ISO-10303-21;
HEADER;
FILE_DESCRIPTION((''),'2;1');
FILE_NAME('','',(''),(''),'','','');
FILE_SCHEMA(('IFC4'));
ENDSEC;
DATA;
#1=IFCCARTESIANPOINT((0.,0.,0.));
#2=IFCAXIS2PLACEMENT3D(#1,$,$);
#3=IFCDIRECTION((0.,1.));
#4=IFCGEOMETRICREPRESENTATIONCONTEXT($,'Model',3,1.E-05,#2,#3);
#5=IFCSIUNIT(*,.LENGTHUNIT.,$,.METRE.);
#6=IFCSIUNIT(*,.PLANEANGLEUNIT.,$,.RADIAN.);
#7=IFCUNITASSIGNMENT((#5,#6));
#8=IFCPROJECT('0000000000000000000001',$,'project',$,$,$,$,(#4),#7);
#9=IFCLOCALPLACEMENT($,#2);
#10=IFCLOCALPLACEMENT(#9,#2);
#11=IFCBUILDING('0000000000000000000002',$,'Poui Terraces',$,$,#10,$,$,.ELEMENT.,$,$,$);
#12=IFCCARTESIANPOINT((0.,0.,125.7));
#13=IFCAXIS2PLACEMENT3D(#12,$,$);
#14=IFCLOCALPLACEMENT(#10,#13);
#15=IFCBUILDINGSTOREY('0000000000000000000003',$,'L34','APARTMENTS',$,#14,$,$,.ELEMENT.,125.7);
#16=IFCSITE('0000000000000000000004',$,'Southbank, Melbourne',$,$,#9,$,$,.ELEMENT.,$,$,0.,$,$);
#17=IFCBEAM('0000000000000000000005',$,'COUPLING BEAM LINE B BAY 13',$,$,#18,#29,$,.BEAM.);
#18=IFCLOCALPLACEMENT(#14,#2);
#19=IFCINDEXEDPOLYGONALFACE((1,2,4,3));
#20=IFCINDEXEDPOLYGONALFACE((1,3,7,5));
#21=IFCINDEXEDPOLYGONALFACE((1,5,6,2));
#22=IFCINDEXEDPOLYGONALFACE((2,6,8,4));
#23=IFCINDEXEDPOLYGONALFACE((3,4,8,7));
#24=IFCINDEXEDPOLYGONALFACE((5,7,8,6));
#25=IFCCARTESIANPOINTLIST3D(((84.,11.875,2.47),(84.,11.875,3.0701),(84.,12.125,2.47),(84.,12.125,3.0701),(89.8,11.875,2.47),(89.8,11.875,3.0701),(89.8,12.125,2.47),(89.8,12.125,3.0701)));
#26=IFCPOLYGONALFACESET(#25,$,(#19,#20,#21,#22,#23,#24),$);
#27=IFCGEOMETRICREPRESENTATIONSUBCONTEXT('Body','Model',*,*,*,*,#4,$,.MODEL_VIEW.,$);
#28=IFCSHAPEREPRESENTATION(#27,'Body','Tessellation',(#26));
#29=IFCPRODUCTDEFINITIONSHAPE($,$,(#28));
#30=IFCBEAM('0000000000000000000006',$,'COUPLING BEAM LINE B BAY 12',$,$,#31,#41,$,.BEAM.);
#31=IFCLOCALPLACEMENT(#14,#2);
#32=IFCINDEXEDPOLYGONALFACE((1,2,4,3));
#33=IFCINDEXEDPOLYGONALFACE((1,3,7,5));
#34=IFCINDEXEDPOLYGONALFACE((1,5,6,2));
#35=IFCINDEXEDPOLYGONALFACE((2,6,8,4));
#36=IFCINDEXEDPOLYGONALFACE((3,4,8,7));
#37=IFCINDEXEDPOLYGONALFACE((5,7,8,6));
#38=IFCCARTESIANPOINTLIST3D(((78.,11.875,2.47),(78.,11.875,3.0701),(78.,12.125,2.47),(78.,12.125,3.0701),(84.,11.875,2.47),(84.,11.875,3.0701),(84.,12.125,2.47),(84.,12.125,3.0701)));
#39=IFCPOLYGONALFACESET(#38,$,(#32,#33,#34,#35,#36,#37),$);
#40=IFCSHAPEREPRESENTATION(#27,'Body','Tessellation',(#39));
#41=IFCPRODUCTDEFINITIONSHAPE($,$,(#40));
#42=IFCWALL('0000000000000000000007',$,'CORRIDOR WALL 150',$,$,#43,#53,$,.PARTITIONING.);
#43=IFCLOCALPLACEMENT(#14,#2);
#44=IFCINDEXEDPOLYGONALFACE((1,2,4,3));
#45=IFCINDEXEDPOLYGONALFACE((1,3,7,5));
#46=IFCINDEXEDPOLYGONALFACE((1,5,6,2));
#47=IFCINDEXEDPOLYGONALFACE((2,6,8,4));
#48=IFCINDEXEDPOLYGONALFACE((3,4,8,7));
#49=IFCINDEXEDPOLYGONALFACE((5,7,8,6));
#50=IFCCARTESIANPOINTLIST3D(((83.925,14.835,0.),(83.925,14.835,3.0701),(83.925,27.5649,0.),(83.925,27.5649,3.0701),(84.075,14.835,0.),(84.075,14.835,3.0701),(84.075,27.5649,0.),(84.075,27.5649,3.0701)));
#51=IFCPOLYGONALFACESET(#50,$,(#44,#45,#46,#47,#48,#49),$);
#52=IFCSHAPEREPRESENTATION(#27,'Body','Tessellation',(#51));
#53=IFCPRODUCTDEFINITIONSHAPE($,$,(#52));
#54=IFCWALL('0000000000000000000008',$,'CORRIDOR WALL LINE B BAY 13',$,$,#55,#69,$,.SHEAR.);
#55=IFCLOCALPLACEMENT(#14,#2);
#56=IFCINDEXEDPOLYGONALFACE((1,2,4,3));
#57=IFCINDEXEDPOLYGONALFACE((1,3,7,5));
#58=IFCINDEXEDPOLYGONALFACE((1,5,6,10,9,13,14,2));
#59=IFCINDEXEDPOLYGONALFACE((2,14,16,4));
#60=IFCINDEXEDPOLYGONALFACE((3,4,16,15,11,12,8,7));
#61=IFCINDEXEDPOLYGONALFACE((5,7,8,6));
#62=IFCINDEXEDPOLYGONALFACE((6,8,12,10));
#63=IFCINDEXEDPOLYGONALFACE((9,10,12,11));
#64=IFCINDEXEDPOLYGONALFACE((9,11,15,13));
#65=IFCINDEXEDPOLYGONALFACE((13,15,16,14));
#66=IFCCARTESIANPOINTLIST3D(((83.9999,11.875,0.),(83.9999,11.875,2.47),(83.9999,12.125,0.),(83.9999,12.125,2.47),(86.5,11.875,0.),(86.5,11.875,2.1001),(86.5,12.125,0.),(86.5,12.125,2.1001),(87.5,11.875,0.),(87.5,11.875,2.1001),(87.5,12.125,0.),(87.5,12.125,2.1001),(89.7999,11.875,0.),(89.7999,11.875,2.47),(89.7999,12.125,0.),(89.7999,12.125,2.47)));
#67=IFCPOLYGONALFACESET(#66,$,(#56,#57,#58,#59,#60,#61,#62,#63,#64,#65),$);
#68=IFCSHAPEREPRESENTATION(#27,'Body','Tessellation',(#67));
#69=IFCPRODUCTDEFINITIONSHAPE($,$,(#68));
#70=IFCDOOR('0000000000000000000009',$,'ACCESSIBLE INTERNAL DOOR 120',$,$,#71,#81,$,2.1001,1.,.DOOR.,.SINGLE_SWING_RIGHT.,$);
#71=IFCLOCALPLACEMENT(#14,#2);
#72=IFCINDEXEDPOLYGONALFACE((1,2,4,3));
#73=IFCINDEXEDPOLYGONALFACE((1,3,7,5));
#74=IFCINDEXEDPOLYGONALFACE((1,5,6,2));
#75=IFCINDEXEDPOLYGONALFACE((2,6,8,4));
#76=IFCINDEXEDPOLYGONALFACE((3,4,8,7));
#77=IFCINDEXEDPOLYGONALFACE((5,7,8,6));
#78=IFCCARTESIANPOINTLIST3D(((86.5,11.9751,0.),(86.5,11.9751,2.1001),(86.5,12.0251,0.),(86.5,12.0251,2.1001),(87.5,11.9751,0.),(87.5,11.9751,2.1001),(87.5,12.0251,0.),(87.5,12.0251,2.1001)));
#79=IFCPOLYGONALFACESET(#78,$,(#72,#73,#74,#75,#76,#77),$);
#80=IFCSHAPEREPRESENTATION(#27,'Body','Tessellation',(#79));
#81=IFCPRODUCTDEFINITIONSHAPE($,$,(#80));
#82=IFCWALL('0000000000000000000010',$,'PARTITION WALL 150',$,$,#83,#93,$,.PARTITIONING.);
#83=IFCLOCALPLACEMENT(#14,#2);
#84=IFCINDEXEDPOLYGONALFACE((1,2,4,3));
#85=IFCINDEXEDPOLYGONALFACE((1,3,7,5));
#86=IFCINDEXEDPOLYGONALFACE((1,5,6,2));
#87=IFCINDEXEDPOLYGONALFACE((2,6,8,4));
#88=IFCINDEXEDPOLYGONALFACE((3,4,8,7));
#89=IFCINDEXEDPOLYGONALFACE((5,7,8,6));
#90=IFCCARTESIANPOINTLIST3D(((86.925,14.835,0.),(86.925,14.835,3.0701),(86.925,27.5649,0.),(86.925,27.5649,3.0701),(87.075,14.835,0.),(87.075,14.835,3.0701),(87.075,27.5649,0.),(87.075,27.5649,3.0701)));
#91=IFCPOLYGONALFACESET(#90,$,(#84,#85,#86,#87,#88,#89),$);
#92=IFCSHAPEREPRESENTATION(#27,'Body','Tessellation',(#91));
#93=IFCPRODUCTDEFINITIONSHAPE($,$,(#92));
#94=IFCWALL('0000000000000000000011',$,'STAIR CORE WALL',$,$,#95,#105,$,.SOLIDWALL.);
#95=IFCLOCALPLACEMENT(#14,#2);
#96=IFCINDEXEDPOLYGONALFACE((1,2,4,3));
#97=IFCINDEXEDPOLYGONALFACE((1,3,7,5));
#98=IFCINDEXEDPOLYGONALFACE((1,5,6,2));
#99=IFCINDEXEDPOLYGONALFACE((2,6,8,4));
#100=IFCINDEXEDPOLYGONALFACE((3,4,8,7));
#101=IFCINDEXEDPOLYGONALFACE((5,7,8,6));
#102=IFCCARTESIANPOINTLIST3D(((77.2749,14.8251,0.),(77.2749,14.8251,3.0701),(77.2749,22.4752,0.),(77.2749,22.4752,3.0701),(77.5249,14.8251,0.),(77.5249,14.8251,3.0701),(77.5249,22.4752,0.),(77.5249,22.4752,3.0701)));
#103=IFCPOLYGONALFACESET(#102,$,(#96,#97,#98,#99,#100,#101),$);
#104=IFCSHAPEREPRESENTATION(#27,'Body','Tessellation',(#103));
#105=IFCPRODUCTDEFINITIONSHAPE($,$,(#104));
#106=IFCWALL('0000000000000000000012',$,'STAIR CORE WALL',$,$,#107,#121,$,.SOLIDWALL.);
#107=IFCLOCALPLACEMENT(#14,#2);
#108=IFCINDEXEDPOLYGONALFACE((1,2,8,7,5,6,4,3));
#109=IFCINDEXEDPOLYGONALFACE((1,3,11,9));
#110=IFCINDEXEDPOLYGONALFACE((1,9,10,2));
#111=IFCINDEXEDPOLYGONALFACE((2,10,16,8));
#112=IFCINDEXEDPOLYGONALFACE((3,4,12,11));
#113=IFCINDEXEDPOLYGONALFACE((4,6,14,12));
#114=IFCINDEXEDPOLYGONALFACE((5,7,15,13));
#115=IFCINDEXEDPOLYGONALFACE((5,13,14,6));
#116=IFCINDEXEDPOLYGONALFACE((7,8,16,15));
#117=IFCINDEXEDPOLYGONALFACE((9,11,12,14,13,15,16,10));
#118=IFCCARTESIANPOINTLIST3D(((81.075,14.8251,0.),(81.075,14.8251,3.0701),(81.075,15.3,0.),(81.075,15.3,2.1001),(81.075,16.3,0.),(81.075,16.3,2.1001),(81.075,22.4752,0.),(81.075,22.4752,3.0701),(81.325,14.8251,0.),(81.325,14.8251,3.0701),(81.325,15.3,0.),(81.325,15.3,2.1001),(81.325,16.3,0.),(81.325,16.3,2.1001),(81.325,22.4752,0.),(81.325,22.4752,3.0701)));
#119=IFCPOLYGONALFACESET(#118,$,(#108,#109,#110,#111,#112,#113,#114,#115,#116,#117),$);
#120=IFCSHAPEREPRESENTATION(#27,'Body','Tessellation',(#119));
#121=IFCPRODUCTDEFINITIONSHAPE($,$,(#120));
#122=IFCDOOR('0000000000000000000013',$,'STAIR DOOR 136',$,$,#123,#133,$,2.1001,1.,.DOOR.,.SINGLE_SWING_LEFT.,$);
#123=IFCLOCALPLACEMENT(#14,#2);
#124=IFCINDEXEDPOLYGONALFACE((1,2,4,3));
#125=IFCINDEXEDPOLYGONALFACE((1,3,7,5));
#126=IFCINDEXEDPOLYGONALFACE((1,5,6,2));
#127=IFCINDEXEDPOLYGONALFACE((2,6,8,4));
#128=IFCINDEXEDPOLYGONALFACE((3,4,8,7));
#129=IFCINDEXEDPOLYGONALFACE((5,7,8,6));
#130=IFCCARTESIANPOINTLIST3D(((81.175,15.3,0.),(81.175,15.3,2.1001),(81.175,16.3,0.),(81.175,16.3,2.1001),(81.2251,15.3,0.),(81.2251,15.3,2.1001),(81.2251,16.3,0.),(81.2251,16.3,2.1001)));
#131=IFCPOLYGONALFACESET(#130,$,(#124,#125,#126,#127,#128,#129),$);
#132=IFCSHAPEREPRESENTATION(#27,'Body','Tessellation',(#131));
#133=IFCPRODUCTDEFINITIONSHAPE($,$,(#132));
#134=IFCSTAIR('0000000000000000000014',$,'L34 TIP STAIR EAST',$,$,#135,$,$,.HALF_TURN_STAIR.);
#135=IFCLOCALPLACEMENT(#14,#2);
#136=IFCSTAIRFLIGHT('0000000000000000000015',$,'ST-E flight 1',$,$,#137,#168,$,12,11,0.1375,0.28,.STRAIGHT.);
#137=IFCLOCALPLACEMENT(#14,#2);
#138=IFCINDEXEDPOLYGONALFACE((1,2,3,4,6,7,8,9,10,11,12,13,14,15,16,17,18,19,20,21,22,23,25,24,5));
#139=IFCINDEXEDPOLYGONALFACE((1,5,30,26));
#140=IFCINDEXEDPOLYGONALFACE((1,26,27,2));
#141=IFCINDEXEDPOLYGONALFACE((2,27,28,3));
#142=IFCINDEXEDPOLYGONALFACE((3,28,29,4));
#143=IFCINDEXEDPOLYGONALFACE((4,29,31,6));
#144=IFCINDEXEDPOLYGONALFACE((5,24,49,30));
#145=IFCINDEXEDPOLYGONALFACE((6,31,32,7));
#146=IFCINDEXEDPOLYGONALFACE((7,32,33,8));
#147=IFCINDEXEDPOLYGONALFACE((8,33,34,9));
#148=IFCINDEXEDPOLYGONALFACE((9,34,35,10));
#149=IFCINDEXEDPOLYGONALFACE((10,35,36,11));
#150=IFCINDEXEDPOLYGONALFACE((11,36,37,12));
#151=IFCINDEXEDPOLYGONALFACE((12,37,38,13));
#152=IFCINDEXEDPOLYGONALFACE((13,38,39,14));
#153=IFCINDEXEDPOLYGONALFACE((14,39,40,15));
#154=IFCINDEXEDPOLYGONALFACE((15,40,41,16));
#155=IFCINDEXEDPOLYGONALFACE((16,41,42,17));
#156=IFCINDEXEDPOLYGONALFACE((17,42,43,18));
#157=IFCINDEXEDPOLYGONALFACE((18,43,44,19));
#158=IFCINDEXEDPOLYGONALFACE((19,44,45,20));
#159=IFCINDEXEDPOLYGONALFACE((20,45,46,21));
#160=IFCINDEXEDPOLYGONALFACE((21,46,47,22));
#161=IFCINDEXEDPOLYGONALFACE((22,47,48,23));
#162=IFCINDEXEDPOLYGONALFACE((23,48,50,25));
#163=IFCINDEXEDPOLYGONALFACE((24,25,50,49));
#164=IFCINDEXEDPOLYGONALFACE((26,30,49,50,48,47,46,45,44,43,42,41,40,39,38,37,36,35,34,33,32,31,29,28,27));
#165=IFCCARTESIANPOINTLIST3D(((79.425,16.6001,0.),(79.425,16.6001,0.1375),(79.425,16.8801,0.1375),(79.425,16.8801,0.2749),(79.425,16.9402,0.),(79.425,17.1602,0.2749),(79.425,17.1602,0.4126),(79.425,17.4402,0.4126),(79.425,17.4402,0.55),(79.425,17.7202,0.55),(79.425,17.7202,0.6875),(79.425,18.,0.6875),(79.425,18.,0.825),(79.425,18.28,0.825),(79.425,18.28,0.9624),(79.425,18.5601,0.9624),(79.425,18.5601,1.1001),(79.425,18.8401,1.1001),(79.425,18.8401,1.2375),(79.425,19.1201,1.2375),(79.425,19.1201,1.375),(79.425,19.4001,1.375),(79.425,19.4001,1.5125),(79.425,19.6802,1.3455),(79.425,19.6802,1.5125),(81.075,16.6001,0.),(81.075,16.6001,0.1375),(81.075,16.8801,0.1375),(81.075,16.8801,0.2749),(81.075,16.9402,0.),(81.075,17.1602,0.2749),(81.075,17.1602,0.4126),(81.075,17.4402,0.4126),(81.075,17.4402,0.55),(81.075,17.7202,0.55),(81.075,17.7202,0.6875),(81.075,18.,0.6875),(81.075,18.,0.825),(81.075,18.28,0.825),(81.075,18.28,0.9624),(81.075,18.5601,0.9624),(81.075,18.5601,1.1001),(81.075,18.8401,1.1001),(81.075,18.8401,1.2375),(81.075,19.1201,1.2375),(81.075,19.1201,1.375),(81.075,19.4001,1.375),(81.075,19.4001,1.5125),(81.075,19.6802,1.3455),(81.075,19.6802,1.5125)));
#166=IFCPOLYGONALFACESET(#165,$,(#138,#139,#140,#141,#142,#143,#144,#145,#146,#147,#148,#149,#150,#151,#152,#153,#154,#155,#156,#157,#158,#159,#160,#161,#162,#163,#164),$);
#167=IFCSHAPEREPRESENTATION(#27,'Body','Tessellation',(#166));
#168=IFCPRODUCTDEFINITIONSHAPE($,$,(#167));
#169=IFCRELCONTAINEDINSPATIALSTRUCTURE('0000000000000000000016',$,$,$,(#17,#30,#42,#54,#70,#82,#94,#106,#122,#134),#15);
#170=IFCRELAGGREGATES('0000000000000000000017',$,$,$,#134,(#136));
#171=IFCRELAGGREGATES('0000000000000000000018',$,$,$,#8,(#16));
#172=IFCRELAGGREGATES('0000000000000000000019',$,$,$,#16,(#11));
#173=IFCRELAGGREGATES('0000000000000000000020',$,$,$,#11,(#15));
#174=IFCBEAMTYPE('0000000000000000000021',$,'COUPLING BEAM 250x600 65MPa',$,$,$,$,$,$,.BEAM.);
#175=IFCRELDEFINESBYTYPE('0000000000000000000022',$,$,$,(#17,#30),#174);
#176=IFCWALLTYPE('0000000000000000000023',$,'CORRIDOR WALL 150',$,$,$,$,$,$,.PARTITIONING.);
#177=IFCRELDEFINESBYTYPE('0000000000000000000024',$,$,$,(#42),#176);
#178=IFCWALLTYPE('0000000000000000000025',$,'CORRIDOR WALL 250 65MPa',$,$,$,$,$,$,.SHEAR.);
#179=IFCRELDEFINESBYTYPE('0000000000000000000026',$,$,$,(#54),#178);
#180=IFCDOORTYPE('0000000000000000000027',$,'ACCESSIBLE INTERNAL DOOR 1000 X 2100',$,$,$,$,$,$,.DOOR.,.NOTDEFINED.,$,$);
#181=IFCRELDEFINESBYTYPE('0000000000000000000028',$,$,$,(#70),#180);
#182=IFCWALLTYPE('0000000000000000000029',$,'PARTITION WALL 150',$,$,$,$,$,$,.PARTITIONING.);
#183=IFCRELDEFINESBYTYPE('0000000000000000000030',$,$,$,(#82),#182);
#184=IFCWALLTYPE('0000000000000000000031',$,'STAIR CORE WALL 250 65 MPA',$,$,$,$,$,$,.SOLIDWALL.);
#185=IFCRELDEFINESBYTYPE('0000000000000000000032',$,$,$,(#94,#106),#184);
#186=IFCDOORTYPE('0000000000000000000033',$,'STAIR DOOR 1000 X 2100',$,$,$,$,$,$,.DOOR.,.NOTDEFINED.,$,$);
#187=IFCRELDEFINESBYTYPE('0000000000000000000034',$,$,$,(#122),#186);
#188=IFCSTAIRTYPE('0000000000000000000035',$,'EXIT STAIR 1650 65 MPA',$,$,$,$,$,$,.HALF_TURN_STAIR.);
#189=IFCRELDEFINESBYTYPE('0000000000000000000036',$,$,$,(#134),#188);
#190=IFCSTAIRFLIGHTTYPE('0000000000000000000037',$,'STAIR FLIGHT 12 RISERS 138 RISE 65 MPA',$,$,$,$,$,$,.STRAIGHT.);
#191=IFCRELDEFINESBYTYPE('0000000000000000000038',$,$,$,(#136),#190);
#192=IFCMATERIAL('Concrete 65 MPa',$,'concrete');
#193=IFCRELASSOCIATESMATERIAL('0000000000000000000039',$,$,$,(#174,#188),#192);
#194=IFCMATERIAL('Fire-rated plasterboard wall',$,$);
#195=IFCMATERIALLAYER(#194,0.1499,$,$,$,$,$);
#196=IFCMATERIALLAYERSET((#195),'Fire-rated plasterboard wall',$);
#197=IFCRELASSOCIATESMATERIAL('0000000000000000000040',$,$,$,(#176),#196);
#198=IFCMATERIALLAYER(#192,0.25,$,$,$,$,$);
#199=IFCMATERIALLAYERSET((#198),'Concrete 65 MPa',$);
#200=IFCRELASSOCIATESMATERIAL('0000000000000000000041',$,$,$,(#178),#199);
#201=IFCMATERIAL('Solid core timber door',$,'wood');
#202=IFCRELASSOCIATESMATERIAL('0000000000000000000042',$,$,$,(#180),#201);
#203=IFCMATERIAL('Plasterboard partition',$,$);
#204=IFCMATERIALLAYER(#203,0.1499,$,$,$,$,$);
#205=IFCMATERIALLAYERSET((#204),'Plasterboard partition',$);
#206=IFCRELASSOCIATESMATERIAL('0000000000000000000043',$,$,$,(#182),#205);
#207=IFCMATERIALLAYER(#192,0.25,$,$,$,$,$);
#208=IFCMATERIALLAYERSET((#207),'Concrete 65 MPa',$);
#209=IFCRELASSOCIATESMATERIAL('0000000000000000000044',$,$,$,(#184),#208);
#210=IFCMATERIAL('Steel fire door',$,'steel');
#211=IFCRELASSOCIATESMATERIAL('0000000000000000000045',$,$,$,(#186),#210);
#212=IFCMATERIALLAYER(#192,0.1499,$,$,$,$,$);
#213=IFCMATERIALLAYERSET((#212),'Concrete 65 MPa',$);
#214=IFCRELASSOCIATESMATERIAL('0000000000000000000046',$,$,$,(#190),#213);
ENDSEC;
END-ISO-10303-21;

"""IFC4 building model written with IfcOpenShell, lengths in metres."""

from ifc_helpers import new_model, si_unit, direction, frame, frame_2d, origin, origin_2d, place, context, subcontext, project, spatial, polyline, rectangle, outline, extrude, source, transform, mapped, material, layer, layer_set, material_profile, profile_set, type_object, element, fill, aggregate, save


model = new_model("IFC4")

# Units and contexts
model_context = context("Model", 3, precision=1e-05, world=origin(), true_north=direction((0.0, 1.0)))
body_context = subcontext(model_context, "Body", "Model", "MODEL_VIEW")
ifc_project = project(units=[si_unit("LENGTHUNIT", "METRE"), si_unit("PLANEANGLEUNIT", "RADIAN")], contexts=[model_context])

# Site, building, storey
site_placement = place(None, origin())
site = spatial("IfcSite", under=ifc_project, at=site_placement, Name="Southbank, Melbourne", CompositionType="ELEMENT", RefElevation=0.0)
building_placement = place(site_placement, origin())
building = spatial("IfcBuilding", under=site, at=building_placement, Name="Poui Terraces", CompositionType="ELEMENT")
storey_placement = place(building_placement, frame((0.0, 0.0, 125.7)))
storey = spatial("IfcBuildingStorey", under=building, at=storey_placement, Name="L34", Description="APARTMENTS", CompositionType="ELEMENT", Elevation=125.7)

# Beams
ifc_material_1 = material(Name="Concrete 65 MPa", Category="concrete")
ifc_material_profile = material_profile(ifc_material_1, rectangle(XDim=0.25, YDim=0.6001, at=origin_2d()), Name="RC 250x600")
ifc_profile_set = profile_set([ifc_material_profile], Name="Concrete 65 MPa")
beam_type = type_object("IfcBeamType", Name="COUPLING BEAM 250x600 65MPa", PredefinedType="BEAM", material=ifc_profile_set)
shared_shape_1 = source(origin(), body_context, "Body", "SweptSolid", [
    extrude(rectangle(XDim=0.25, YDim=0.6001, at=origin_2d()), origin(), (0.0, 0.0, 1.0), 5.8),
])
beam_1_placement = place(storey_placement, frame((84.0, 12.0, 2.77), z_axis=(1.0, 0.0, 0.0), x_axis=(0.0, 1.0, 0.0)))
element("IfcBeam", 1, at=beam_1_placement, inside=storey, type_object=beam_type, Name="COUPLING BEAM LINE B BAY 13", PredefinedType="BEAM", context=body_context, shape_type="MappedRepresentation", body=[
    mapped(shared_shape_1, transform((0.0, 0.0, 0.0))),
])
shared_shape_2 = source(origin(), body_context, "Body", "SweptSolid", [
    extrude(rectangle(XDim=0.25, YDim=0.6001, at=origin_2d()), origin(), (0.0, 0.0, 1.0), 6.0),
])
beam_2_placement = place(storey_placement, frame((78.0, 12.0, 2.77), z_axis=(1.0, 0.0, 0.0), x_axis=(0.0, 1.0, 0.0)))
element("IfcBeam", 2, at=beam_2_placement, inside=storey, type_object=beam_type, Name="COUPLING BEAM LINE B BAY 12", PredefinedType="BEAM", context=body_context, shape_type="MappedRepresentation", body=[
    mapped(shared_shape_2, transform((0.0, 0.0, 0.0))),
])

# Wall
ifc_material_2 = material(Name="Fire-rated plasterboard wall")
ifc_layer_1 = layer(ifc_material_2, 0.1499)
ifc_layer_set_1 = layer_set([ifc_layer_1], Name="Fire-rated plasterboard wall")
wall_type_1 = type_object("IfcWallType", Name="CORRIDOR WALL 150", PredefinedType="PARTITIONING", material=ifc_layer_set_1)
wall_1_placement = place(storey_placement, frame((84.0, 14.835, 0.0), z_axis=(0.0, 0.0, 1.0), x_axis=(0.0, 1.0, 0.0)))
element("IfcWall", 3, at=wall_1_placement, inside=storey, type_object=wall_type_1, Name="CORRIDOR WALL 150", PredefinedType="PARTITIONING", context=body_context, shape_type="SweptSolid", body=[
    extrude(rectangle(XDim=12.73, YDim=0.1499, at=frame_2d((6.365, 0.0))), origin(), (0.0, 0.0, 1.0), 3.0701),
])

# Wall, opening, door
ifc_layer_2 = layer(ifc_material_1, 0.25)
ifc_layer_set_2 = layer_set([ifc_layer_2], Name="Concrete 65 MPa")
wall_type_2 = type_object("IfcWallType", Name="CORRIDOR WALL 250 65MPa", PredefinedType="SHEAR", material=ifc_layer_set_2)
wall_2_placement = place(storey_placement, frame((84.0, 12.0, 0.0), z_axis=(0.0, 0.0, 1.0), x_axis=(1.0, 0.0, 0.0)))
wall_2 = element("IfcWall", 4, at=wall_2_placement, inside=storey, type_object=wall_type_2, Name="CORRIDOR WALL LINE B BAY 13", PredefinedType="SHEAR", context=body_context, shape_type="SweptSolid", body=[
    extrude(rectangle(XDim=5.8, YDim=0.25, at=frame_2d((2.8999, 0.0))), origin(), (0.0, 0.0, 1.0), 2.47),
])
opening_1_placement = place(wall_2_placement, frame((2.5, 0.0, 0.0)))
opening_1 = element("IfcOpeningElement", 5, at=opening_1_placement, cuts=wall_2, PredefinedType="OPENING", context=body_context, shape_type="SweptSolid", body=[
    extrude(rectangle(XDim=1.0, YDim=2.1001, at=frame_2d((0.5, 1.05))), frame((0.0, 0.135, 0.0), z_axis=(0.0, -1.0, 0.0), x_axis=(1.0, 0.0, 0.0)), (0.0, 0.0, 1.0), 0.27),
])
ifc_material_3 = material(Name="Solid core timber door", Category="wood")
door_type_1 = type_object("IfcDoorType", Name="ACCESSIBLE INTERNAL DOOR 1000 X 2100", OperationType="NOTDEFINED", PredefinedType="DOOR", material=ifc_material_3)
door_1_placement = place(opening_1_placement, frame((1.0, 0.0, 0.0), z_axis=(0.0, 0.0, 1.0), x_axis=(-1.0, 0.0, 0.0)))
door_1 = element("IfcDoor", 6, at=door_1_placement, inside=storey, type_object=door_type_1, Name="ACCESSIBLE INTERNAL DOOR 120", OperationType="SINGLE_SWING_RIGHT", OverallHeight=2.1001, OverallWidth=1.0, PredefinedType="DOOR", context=body_context, shape_type="SweptSolid", body=[
    extrude(rectangle(XDim=1.0, YDim=2.1001, at=frame_2d((0.5, 1.05))), frame((0.0, 0.0249, 0.0), z_axis=(0.0, -1.0, 0.0), x_axis=(1.0, 0.0, 0.0)), (0.0, 0.0, 1.0), 0.05),
])
fill(opening_1, door_1)

# Walls
ifc_material_4 = material(Name="Plasterboard partition")
ifc_layer_3 = layer(ifc_material_4, 0.1499)
ifc_layer_set_3 = layer_set([ifc_layer_3], Name="Plasterboard partition")
wall_type_3 = type_object("IfcWallType", Name="PARTITION WALL 150", PredefinedType="PARTITIONING", material=ifc_layer_set_3)
wall_3_placement = place(storey_placement, frame((87.0, 14.835, 0.0), z_axis=(0.0, 0.0, 1.0), x_axis=(0.0, 1.0, 0.0)))
element("IfcWall", 7, at=wall_3_placement, inside=storey, type_object=wall_type_3, Name="PARTITION WALL 150", PredefinedType="PARTITIONING", context=body_context, shape_type="SweptSolid", body=[
    extrude(rectangle(XDim=12.73, YDim=0.1499, at=frame_2d((6.365, 0.0))), origin(), (0.0, 0.0, 1.0), 3.0701),
])
ifc_layer_4 = layer(ifc_material_1, 0.25)
ifc_layer_set_4 = layer_set([ifc_layer_4], Name="Concrete 65 MPa")
wall_type_4 = type_object("IfcWallType", Name="STAIR CORE WALL 250 65 MPA", PredefinedType="SOLIDWALL", material=ifc_layer_set_4)
wall_4_placement = place(storey_placement, frame((77.3999, 14.825, 0.0), z_axis=(0.0, 0.0, 1.0), x_axis=(0.0, 1.0, 0.0)))
element("IfcWall", 8, at=wall_4_placement, inside=storey, type_object=wall_type_4, Name="STAIR CORE WALL", PredefinedType="SOLIDWALL", context=body_context, shape_type="SweptSolid", body=[
    extrude(rectangle(XDim=7.6501, YDim=0.25, at=frame_2d((3.8252, 0.0))), origin(), (0.0, 0.0, 1.0), 3.0701),
])

# Wall, opening, door
wall_5_placement = place(storey_placement, frame((81.2, 14.825, 0.0), z_axis=(0.0, 0.0, 1.0), x_axis=(0.0, 1.0, 0.0)))
wall_5 = element("IfcWall", 9, at=wall_5_placement, inside=storey, type_object=wall_type_4, Name="STAIR CORE WALL", PredefinedType="SOLIDWALL", context=body_context, shape_type="SweptSolid", body=[
    extrude(rectangle(XDim=7.6501, YDim=0.25, at=frame_2d((3.8252, 0.0))), origin(), (0.0, 0.0, 1.0), 3.0701),
])
opening_2_placement = place(wall_5_placement, frame((0.4751, 0.0, 0.0)))
opening_2 = element("IfcOpeningElement", 10, at=opening_2_placement, cuts=wall_5, PredefinedType="OPENING", context=body_context, shape_type="SweptSolid", body=[
    extrude(rectangle(XDim=1.0, YDim=2.1001, at=frame_2d((0.5, 1.05))), frame((0.0, 0.135, 0.0), z_axis=(0.0, -1.0, 0.0), x_axis=(1.0, 0.0, 0.0)), (0.0, 0.0, 1.0), 0.27),
])
ifc_material_5 = material(Name="Steel fire door", Category="steel")
door_type_2 = type_object("IfcDoorType", Name="STAIR DOOR 1000 X 2100", OperationType="NOTDEFINED", PredefinedType="DOOR", material=ifc_material_5)
door_2_placement = place(opening_2_placement, origin())
door_2 = element("IfcDoor", 11, at=door_2_placement, inside=storey, type_object=door_type_2, Name="STAIR DOOR 136", OperationType="SINGLE_SWING_LEFT", OverallHeight=2.1001, OverallWidth=1.0, PredefinedType="DOOR", context=body_context, shape_type="SweptSolid", body=[
    extrude(rectangle(XDim=1.0, YDim=2.1001, at=frame_2d((0.5, 1.05))), frame((0.0, 0.0249, 0.0), z_axis=(0.0, -1.0, 0.0), x_axis=(1.0, 0.0, 0.0)), (0.0, 0.0, 1.0), 0.05),
])
fill(opening_2, door_2)

# Stair, stair flight
stair_type = type_object("IfcStairType", Name="EXIT STAIR 1650 65 MPA", PredefinedType="HALF_TURN_STAIR", material=ifc_material_1)
stair_placement = place(storey_placement, origin())
stair = element("IfcStair", 12, at=stair_placement, inside=storey, type_object=stair_type, Name="L34 TIP STAIR EAST", PredefinedType="HALF_TURN_STAIR")
ifc_layer_5 = layer(ifc_material_1, 0.1499)
ifc_layer_set_5 = layer_set([ifc_layer_5], Name="Concrete 65 MPa")
stair_flight_type = type_object("IfcStairFlightType", Name="STAIR FLIGHT 12 RISERS 138 RISE 65 MPA", PredefinedType="STRAIGHT", material=ifc_layer_set_5)
stair_flight_placement = place(storey_placement, frame((80.25, 16.6001, 0.0), z_axis=(0.0, 0.0, 1.0), x_axis=(0.0, 1.0, 0.0)))
stair_flight = element("IfcStairFlight", 13, at=stair_flight_placement, type_object=stair_flight_type, Name="ST-E flight 1", NumberOfRisers=12, NumberOfTreads=11, PredefinedType="STRAIGHT", RiserHeight=0.1375, TreadLength=0.28, context=body_context, shape_type="SweptSolid", body=[
    extrude(outline(polyline([(0.0, 0.0), (0.0, 0.1375), (0.28, 0.1375), (0.28, 0.2749), (0.5601, 0.2749), (0.5601, 0.4126), (0.8401, 0.4126), (0.8401, 0.55), (1.1201, 0.55), (1.1201, 0.6875), (1.3999, 0.6875), (1.3999, 0.825), (1.6799, 0.825), (1.6799, 0.9624), (1.96, 0.9624), (1.96, 1.1001), (2.24, 1.1001), (2.24, 1.2375), (2.52, 1.2375), (2.52, 1.375), (2.8, 1.375), (2.8, 1.5125), (3.0801, 1.5125), (3.0801, 1.6499), (3.0801, 1.3455), (0.3401, 0.0), (0.0, 0.0)])), frame((0.0, 0.825, 0.0), z_axis=(0.0, -1.0, 0.0), x_axis=(1.0, 0.0, 0.0)), (0.0, 0.0, 1.0), 1.6499),
])
aggregate(stair, [stair_flight])

save(model, "model.ifc")
